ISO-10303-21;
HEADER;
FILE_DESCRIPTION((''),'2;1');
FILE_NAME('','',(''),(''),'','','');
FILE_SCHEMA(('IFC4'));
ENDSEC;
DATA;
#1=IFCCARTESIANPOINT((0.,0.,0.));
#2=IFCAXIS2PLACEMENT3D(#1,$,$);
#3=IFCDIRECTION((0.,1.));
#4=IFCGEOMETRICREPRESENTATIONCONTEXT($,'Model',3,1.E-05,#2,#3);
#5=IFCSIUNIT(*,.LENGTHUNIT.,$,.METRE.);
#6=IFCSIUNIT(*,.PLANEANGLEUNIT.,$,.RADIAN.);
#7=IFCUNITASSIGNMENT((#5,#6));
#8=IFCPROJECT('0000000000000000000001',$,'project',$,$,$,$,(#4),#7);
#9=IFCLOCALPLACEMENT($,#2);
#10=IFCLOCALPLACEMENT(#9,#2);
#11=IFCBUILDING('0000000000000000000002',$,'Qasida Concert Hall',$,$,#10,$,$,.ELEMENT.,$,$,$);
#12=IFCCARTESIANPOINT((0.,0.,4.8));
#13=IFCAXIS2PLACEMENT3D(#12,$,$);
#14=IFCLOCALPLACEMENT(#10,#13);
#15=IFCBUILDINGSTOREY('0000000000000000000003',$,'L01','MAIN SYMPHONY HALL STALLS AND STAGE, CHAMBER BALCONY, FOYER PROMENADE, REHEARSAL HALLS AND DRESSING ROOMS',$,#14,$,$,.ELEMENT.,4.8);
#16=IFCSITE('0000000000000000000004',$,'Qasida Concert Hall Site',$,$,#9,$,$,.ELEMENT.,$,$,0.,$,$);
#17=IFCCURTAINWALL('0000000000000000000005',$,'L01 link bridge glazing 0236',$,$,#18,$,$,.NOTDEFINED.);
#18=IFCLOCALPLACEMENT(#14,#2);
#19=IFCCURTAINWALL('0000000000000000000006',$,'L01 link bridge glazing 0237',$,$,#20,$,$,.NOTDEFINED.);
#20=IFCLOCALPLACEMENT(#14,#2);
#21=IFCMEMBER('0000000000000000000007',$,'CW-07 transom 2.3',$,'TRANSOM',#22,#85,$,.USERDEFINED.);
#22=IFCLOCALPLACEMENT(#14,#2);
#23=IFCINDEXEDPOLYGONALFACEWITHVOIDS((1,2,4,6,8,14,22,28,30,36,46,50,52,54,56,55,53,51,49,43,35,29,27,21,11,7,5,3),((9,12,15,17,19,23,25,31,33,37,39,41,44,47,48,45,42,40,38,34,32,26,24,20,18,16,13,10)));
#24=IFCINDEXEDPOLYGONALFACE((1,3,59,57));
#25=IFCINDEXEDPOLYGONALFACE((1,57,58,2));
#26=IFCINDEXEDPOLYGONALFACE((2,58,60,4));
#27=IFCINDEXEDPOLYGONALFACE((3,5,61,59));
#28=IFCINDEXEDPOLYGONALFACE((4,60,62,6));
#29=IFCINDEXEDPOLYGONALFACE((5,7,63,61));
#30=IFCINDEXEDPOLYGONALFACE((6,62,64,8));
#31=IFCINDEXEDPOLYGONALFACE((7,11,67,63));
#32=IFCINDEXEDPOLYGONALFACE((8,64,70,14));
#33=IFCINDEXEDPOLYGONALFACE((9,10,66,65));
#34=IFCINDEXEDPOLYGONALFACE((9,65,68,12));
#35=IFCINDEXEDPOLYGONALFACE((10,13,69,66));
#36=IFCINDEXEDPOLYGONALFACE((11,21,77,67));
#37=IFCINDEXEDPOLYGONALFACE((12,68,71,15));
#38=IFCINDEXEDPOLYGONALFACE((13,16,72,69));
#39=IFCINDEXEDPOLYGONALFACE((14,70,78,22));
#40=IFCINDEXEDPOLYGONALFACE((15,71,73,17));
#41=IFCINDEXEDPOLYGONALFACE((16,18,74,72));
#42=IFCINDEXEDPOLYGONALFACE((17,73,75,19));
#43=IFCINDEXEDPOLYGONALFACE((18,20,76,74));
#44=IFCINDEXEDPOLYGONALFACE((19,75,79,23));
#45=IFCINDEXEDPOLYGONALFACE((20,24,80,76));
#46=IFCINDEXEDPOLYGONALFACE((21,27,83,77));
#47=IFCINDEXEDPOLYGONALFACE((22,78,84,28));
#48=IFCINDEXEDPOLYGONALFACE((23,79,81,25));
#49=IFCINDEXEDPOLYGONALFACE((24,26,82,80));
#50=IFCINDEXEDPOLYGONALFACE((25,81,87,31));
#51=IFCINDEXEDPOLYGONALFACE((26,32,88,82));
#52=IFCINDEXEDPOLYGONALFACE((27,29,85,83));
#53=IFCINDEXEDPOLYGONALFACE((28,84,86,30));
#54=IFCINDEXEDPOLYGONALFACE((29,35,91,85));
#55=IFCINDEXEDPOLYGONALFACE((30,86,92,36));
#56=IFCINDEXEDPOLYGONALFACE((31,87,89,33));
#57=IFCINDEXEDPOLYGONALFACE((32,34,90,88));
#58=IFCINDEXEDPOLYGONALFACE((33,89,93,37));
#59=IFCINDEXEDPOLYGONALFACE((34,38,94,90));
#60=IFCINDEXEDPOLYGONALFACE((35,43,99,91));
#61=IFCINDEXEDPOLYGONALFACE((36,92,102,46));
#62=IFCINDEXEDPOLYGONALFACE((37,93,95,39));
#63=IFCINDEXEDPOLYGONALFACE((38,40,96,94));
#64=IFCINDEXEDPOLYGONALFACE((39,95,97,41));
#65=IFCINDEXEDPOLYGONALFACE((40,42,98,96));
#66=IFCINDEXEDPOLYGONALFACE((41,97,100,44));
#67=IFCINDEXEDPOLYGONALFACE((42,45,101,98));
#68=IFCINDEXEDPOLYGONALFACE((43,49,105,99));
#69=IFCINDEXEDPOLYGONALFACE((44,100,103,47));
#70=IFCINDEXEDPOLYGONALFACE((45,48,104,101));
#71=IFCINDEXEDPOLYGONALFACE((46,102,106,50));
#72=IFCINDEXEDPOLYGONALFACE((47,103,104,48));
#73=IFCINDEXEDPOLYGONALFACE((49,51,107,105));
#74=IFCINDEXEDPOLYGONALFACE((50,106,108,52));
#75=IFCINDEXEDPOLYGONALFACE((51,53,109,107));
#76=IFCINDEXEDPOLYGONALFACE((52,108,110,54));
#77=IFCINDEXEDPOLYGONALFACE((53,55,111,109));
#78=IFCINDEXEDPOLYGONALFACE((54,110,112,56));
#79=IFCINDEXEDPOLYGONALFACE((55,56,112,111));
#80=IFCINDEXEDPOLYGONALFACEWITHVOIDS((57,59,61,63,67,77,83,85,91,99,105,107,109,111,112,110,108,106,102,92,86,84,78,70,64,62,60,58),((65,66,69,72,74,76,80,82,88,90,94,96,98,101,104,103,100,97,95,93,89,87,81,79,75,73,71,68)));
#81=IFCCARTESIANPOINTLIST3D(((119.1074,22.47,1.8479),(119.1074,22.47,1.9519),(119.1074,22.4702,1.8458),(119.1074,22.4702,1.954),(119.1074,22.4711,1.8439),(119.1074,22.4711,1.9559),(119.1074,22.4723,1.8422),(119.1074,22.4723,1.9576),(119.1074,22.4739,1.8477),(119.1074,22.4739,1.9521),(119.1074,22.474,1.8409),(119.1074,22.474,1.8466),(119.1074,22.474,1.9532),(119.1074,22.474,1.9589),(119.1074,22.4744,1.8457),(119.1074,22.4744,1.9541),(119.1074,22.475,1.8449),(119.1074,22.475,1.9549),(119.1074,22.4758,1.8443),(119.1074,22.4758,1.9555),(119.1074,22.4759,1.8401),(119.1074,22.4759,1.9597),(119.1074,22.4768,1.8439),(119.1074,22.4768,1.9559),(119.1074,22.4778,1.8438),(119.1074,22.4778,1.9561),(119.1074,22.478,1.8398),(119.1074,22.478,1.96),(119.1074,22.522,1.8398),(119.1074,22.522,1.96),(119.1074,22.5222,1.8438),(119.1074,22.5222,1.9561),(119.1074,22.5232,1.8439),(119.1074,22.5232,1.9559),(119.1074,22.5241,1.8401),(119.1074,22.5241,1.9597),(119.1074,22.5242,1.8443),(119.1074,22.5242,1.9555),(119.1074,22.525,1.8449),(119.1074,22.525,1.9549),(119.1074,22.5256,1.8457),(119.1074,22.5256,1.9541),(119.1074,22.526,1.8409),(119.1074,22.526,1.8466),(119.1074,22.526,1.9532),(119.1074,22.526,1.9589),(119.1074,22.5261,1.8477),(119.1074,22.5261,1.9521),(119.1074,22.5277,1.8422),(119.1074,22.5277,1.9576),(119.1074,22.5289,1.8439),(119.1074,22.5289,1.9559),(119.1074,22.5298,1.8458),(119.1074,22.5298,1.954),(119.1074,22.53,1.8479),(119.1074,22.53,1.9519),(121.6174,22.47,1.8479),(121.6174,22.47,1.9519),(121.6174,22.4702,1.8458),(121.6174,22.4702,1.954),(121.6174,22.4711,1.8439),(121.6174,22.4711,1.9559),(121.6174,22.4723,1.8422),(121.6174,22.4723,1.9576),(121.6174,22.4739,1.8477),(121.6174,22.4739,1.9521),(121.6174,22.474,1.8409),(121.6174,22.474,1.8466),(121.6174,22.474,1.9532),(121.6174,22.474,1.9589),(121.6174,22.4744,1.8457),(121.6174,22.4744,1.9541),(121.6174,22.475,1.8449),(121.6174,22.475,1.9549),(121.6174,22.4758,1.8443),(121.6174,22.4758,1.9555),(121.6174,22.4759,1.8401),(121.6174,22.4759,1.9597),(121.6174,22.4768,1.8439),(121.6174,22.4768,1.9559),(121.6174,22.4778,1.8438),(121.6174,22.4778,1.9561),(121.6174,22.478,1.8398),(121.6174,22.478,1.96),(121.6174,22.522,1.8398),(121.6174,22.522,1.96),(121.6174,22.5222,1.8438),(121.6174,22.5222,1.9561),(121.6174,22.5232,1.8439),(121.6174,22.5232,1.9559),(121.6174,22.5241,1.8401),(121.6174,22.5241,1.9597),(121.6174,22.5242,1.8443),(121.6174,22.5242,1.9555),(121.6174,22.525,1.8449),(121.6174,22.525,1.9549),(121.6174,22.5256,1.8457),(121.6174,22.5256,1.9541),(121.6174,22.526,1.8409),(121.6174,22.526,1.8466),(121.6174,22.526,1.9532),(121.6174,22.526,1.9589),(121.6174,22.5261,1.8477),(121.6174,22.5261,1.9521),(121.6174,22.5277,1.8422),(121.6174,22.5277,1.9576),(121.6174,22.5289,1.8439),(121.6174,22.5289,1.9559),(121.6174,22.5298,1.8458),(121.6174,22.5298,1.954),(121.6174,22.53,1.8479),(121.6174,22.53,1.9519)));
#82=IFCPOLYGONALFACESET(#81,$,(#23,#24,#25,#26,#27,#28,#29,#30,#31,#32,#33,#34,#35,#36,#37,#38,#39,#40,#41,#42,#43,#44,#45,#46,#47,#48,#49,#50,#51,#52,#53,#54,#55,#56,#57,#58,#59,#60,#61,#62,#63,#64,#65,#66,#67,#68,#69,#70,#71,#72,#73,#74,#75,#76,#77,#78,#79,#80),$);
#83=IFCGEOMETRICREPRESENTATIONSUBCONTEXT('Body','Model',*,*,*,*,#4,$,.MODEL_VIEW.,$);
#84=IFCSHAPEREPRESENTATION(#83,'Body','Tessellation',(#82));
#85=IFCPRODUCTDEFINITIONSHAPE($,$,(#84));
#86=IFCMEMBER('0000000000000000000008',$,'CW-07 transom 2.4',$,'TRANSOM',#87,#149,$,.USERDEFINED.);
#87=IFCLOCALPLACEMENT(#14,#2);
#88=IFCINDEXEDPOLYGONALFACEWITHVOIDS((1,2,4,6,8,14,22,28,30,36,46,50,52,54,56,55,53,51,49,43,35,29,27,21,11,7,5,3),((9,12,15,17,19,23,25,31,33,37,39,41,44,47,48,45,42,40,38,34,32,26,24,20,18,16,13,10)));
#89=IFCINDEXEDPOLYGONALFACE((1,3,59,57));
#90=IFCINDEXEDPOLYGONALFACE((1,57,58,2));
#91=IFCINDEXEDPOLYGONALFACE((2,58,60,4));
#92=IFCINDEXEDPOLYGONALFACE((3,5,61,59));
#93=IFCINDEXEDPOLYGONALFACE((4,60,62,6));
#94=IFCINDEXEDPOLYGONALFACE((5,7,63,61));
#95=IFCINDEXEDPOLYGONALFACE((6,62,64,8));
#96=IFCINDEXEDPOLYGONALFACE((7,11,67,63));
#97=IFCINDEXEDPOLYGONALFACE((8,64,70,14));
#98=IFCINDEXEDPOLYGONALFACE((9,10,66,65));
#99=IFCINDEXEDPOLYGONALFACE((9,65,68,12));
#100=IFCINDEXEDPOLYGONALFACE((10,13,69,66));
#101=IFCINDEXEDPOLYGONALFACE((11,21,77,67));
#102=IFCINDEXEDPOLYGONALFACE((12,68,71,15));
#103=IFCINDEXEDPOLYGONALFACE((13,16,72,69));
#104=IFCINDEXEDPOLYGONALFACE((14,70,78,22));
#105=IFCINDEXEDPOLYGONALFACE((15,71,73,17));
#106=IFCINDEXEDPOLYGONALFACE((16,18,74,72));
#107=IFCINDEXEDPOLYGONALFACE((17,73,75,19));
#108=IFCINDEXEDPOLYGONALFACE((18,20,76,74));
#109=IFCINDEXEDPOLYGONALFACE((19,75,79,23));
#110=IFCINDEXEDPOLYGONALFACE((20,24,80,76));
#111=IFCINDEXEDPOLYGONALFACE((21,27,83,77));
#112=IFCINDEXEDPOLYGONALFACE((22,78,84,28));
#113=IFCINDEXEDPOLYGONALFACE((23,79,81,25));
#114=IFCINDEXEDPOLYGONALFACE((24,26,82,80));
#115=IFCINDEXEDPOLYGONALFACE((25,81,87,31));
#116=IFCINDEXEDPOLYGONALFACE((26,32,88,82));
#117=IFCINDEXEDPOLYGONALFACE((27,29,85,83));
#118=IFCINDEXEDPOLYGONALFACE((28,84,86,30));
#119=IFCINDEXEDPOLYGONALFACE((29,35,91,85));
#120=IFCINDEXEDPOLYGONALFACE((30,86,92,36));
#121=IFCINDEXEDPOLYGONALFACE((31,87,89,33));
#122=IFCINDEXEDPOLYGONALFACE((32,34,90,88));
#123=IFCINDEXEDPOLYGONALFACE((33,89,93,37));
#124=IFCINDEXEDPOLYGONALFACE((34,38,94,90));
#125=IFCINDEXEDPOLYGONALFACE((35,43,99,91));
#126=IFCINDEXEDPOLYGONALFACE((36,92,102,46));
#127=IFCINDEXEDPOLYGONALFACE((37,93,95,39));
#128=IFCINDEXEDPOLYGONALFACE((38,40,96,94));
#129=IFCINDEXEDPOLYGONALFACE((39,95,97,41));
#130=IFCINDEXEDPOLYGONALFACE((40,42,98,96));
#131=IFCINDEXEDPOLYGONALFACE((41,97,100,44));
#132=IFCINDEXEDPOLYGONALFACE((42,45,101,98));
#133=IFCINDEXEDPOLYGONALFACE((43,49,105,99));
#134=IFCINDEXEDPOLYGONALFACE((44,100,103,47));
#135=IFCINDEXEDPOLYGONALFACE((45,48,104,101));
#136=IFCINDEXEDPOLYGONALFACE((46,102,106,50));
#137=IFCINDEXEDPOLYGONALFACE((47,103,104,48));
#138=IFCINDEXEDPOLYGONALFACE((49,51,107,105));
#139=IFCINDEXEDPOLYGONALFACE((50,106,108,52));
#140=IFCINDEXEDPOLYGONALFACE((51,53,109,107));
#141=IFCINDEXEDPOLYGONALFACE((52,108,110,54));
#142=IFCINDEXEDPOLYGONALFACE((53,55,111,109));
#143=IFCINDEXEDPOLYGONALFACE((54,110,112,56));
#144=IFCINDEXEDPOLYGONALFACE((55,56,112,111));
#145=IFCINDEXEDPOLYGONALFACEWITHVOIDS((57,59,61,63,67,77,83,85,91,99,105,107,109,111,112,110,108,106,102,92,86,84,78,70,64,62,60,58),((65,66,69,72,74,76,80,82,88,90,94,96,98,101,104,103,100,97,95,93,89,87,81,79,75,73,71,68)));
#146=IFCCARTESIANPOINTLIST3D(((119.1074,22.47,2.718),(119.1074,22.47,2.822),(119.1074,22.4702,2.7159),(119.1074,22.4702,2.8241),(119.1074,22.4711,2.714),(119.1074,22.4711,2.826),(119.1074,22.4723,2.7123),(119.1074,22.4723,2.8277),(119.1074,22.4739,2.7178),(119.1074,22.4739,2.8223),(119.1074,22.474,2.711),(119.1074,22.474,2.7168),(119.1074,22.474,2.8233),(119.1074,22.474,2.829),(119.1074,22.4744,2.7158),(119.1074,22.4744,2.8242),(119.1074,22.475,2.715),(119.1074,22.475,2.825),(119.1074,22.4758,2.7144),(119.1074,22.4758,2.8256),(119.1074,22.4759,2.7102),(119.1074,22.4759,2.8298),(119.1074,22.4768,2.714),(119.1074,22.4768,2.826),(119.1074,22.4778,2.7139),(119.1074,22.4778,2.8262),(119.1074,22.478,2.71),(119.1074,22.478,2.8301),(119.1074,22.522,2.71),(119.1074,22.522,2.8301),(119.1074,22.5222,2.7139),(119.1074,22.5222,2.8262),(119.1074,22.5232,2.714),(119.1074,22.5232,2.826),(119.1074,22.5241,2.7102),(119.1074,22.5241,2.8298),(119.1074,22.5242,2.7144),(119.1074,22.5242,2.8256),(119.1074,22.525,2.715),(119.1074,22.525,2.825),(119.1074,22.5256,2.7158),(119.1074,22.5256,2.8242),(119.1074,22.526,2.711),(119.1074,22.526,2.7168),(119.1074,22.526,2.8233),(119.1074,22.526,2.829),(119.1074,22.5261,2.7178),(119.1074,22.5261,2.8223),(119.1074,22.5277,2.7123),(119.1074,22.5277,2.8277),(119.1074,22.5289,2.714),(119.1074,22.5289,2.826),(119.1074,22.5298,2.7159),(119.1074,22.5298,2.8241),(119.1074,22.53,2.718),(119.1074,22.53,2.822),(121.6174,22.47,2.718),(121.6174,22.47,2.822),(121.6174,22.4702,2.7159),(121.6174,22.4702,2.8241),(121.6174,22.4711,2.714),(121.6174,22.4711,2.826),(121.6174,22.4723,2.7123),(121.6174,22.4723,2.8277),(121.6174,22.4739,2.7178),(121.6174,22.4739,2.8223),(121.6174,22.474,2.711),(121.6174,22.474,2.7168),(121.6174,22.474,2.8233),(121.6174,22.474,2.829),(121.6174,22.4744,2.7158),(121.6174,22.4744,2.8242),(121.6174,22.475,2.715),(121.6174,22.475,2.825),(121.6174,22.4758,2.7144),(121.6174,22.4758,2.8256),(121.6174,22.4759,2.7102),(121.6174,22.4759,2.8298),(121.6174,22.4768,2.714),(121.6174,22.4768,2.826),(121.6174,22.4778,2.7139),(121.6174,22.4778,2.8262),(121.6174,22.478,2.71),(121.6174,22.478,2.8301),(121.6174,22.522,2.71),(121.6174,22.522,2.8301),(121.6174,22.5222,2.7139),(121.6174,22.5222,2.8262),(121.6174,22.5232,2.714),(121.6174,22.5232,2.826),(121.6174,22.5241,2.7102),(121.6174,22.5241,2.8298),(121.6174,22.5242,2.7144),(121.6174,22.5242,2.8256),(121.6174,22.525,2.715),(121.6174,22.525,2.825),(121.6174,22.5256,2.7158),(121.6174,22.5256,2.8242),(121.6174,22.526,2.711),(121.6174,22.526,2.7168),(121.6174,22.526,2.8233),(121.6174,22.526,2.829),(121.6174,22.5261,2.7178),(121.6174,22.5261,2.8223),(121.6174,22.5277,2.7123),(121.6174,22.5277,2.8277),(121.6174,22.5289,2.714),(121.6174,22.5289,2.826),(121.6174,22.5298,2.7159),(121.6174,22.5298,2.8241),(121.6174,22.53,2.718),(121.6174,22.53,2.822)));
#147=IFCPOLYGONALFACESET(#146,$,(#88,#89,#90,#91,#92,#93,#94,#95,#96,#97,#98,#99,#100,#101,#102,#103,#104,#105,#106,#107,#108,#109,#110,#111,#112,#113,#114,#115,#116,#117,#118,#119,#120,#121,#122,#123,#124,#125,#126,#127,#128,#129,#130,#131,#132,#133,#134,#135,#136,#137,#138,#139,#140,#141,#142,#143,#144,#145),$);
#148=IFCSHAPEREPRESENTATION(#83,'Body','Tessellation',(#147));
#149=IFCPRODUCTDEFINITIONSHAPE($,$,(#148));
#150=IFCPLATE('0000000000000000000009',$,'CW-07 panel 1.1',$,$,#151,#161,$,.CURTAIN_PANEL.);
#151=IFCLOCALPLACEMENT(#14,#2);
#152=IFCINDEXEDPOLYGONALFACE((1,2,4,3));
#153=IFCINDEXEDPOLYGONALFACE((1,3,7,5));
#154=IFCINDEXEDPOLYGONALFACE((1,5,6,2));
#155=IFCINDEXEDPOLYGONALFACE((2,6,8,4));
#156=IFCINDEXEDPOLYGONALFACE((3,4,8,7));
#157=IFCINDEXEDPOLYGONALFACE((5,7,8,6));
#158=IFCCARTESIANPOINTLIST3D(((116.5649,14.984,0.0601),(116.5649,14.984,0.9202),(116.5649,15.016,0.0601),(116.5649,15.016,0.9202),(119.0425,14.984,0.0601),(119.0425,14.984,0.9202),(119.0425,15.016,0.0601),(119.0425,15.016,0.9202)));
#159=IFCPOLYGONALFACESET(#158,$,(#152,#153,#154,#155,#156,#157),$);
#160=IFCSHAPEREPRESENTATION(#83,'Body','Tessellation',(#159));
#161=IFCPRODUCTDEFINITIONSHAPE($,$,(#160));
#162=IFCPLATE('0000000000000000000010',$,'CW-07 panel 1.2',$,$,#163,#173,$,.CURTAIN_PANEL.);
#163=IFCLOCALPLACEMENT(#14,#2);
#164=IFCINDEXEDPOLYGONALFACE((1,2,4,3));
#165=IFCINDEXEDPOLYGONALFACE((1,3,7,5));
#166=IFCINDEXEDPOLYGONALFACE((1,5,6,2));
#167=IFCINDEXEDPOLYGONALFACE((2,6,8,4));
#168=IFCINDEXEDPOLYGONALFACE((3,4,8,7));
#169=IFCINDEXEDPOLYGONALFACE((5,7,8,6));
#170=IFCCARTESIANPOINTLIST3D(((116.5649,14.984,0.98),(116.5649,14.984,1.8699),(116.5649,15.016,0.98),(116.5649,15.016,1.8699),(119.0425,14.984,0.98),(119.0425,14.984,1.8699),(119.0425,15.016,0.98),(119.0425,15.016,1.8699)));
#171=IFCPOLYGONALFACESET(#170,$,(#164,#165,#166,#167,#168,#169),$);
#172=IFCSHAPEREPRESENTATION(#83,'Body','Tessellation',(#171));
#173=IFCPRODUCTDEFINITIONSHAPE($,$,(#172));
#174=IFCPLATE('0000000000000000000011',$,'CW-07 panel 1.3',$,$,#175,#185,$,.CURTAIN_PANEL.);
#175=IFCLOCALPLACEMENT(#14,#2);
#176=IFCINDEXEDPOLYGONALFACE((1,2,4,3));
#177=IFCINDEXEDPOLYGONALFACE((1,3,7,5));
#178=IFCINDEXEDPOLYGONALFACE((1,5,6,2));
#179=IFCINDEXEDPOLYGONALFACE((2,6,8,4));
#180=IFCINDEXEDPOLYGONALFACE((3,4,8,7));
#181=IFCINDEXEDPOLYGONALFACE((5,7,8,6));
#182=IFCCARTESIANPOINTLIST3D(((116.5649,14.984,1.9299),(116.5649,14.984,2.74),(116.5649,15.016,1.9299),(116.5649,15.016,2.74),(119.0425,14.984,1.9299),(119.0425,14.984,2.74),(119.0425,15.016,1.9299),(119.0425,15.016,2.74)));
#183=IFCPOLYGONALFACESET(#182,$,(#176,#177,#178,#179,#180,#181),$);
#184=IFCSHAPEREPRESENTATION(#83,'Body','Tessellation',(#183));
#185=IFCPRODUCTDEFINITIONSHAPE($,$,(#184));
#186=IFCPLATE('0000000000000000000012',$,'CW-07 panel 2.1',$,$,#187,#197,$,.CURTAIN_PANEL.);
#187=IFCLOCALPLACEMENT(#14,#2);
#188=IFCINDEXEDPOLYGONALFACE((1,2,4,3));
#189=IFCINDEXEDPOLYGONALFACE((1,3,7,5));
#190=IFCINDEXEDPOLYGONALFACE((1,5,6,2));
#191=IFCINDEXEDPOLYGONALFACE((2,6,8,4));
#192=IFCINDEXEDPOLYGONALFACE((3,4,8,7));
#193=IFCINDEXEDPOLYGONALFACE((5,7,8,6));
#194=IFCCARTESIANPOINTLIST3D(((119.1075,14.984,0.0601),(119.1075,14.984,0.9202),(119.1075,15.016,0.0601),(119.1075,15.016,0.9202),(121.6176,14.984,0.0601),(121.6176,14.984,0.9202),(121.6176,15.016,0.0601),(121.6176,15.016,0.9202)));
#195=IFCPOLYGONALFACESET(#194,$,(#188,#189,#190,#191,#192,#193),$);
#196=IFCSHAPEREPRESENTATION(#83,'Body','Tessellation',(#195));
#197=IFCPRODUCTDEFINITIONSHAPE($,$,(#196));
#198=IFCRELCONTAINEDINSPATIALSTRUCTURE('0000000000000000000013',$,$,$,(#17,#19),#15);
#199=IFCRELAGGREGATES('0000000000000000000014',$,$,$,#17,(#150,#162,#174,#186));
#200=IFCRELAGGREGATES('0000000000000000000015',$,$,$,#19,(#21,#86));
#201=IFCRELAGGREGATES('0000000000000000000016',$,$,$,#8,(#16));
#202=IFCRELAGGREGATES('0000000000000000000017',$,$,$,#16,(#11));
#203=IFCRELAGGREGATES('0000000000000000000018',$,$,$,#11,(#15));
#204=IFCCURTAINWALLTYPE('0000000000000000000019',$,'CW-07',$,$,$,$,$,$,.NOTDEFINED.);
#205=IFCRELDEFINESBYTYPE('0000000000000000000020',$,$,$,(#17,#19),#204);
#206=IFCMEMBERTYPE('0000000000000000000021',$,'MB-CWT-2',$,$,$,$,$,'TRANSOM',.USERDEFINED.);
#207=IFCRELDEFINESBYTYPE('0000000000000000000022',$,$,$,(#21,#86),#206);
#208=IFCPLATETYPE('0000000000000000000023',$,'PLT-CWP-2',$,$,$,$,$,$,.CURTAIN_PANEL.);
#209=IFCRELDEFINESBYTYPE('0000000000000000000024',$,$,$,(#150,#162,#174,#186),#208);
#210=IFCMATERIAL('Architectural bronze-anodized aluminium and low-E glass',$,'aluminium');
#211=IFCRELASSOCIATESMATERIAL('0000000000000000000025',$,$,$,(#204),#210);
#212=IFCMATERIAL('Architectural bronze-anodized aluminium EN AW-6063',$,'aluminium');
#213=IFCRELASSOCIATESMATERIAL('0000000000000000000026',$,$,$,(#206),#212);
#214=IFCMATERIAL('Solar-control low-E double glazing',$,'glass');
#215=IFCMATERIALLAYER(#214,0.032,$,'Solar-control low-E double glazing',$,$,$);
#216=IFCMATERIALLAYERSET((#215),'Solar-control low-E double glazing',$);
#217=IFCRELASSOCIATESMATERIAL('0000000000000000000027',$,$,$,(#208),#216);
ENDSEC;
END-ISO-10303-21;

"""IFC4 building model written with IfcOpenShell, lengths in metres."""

from ifc_helpers import new_model, si_unit, direction, frame, origin, origin_2d, place, context, subcontext, project, spatial, rectangle, hollow_rectangle, extrude, material, layer, layer_set, material_profile, profile_set, type_object, element, aggregate, save


model = new_model("IFC4")

# Units and contexts
model_context = context("Model", 3, precision=1e-05, world=origin(), true_north=direction((0.0, 1.0)))
body_context = subcontext(model_context, "Body", "Model", "MODEL_VIEW")
ifc_project = project(units=[si_unit("LENGTHUNIT", "METRE"), si_unit("PLANEANGLEUNIT", "RADIAN")], contexts=[model_context])

# Site, building, storey
site_placement = place(None, origin())
site = spatial("IfcSite", under=ifc_project, at=site_placement, Name="Qasida Concert Hall Site", CompositionType="ELEMENT", RefElevation=0.0)
building_placement = place(site_placement, origin())
building = spatial("IfcBuilding", under=site, at=building_placement, Name="Qasida Concert Hall", CompositionType="ELEMENT")
storey_placement = place(building_placement, frame((0.0, 0.0, 4.8)))
storey = spatial("IfcBuildingStorey", under=building, at=storey_placement, Name="L01", Description="MAIN SYMPHONY HALL STALLS AND STAGE, CHAMBER BALCONY, FOYER PROMENADE, REHEARSAL HALLS AND DRESSING ROOMS", CompositionType="ELEMENT", Elevation=4.8)

# Curtain walls
ifc_material_1 = material(Name="Architectural bronze-anodized aluminium and low-E glass", Category="aluminium")
curtain_wall_type = type_object("IfcCurtainWallType", Name="CW-07", PredefinedType="NOTDEFINED", material=ifc_material_1)
curtain_wall_1_placement = place(storey_placement, origin())
curtain_wall_1 = element("IfcCurtainWall", 1, at=curtain_wall_1_placement, inside=storey, type_object=curtain_wall_type, Name="L01 link bridge glazing 0236", PredefinedType="NOTDEFINED")
ifc_material_2 = material(Name="Architectural bronze-anodized aluminium EN AW-6063", Category="aluminium")
curtain_wall_2_placement = place(storey_placement, origin())
curtain_wall_2 = element("IfcCurtainWall", 2, at=curtain_wall_2_placement, inside=storey, type_object=curtain_wall_type, Name="L01 link bridge glazing 0237", PredefinedType="NOTDEFINED")

# Members
ifc_material_profile_1 = material_profile(ifc_material_2, hollow_rectangle(XDim=0.0601, YDim=0.1201, WallThickness=0.0039, InnerFilletRadius=0.0039, OuterFilletRadius=0.0081, at=origin_2d()), Name="CWT 120x60x4")
ifc_profile_set_1 = profile_set([ifc_material_profile_1], Name="Architectural bronze-anodized aluminium EN AW-6063")
member_type_1 = type_object("IfcMemberType", Name="MB-CWT-2", ElementType="TRANSOM", PredefinedType="USERDEFINED", material=ifc_profile_set_1)
member_1_placement = place(storey_placement, frame((119.1074, 22.5, 1.8999), z_axis=(1.0, 0.0, 0.0), x_axis=(0.0, 1.0, 0.0)))
member_1 = element("IfcMember", 3, at=member_1_placement, type_object=member_type_1, Name="CW-07 transom 2.3", ObjectType="TRANSOM", PredefinedType="USERDEFINED", context=body_context, shape_type="SweptSolid", body=[
    extrude(hollow_rectangle(XDim=0.0601, YDim=0.1201, WallThickness=0.0039, InnerFilletRadius=0.0039, OuterFilletRadius=0.0081, at=origin_2d()), origin(), (0.0, 0.0, 1.0), 2.51),
])
member_2_placement = place(storey_placement, frame((119.1074, 22.5, 2.77), z_axis=(1.0, 0.0, 0.0), x_axis=(0.0, 1.0, 0.0)))
member_2 = element("IfcMember", 4, at=member_2_placement, type_object=member_type_1, Name="CW-07 transom 2.4", ObjectType="TRANSOM", PredefinedType="USERDEFINED", context=body_context, shape_type="SweptSolid", body=[
    extrude(hollow_rectangle(XDim=0.0601, YDim=0.1201, WallThickness=0.0039, InnerFilletRadius=0.0039, OuterFilletRadius=0.0081, at=origin_2d()), origin(), (0.0, 0.0, 1.0), 2.51),
])

# Plates
ifc_material_3 = material(Name="Solar-control low-E double glazing", Category="glass")
ifc_layer = layer(ifc_material_3, 0.032, Name="Solar-control low-E double glazing")
ifc_layer_set = layer_set([ifc_layer], Name="Solar-control low-E double glazing")
plate_type = type_object("IfcPlateType", Name="PLT-CWP-2", PredefinedType="CURTAIN_PANEL", material=ifc_layer_set)
plate_1_placement = place(storey_placement, frame((117.8037, 15.0, 0.0601), z_axis=(0.0, 0.0, 1.0), x_axis=(1.0, 0.0, 0.0)))
plate_1 = element("IfcPlate", 5, at=plate_1_placement, type_object=plate_type, Name="CW-07 panel 1.1", PredefinedType="CURTAIN_PANEL", context=body_context, shape_type="SweptSolid", body=[
    extrude(rectangle(XDim=2.4775, YDim=0.032, at=origin_2d()), origin(), (0.0, 0.0, 1.0), 0.8601),
])
plate_2_placement = place(storey_placement, frame((117.8037, 15.0, 0.98), z_axis=(0.0, 0.0, 1.0), x_axis=(1.0, 0.0, 0.0)))
plate_2 = element("IfcPlate", 6, at=plate_2_placement, type_object=plate_type, Name="CW-07 panel 1.2", PredefinedType="CURTAIN_PANEL", context=body_context, shape_type="SweptSolid", body=[
    extrude(rectangle(XDim=2.4775, YDim=0.032, at=origin_2d()), origin(), (0.0, 0.0, 1.0), 0.8899),
])
plate_3_placement = place(storey_placement, frame((117.8037, 15.0, 1.9299), z_axis=(0.0, 0.0, 1.0), x_axis=(1.0, 0.0, 0.0)))
plate_3 = element("IfcPlate", 7, at=plate_3_placement, type_object=plate_type, Name="CW-07 panel 1.3", PredefinedType="CURTAIN_PANEL", context=body_context, shape_type="SweptSolid", body=[
    extrude(rectangle(XDim=2.4775, YDim=0.032, at=origin_2d()), origin(), (0.0, 0.0, 1.0), 0.8101),
])
plate_4_placement = place(storey_placement, frame((120.3625, 15.0, 0.0601), z_axis=(0.0, 0.0, 1.0), x_axis=(1.0, 0.0, 0.0)))
plate_4 = element("IfcPlate", 8, at=plate_4_placement, type_object=plate_type, Name="CW-07 panel 2.1", PredefinedType="CURTAIN_PANEL", context=body_context, shape_type="SweptSolid", body=[
    extrude(rectangle(XDim=2.51, YDim=0.032, at=origin_2d()), origin(), (0.0, 0.0, 1.0), 0.8601),
])
aggregate(curtain_wall_1, [plate_1, plate_2, plate_3, plate_4])
aggregate(curtain_wall_2, [member_1, member_2])

save(model, "model.ifc")
